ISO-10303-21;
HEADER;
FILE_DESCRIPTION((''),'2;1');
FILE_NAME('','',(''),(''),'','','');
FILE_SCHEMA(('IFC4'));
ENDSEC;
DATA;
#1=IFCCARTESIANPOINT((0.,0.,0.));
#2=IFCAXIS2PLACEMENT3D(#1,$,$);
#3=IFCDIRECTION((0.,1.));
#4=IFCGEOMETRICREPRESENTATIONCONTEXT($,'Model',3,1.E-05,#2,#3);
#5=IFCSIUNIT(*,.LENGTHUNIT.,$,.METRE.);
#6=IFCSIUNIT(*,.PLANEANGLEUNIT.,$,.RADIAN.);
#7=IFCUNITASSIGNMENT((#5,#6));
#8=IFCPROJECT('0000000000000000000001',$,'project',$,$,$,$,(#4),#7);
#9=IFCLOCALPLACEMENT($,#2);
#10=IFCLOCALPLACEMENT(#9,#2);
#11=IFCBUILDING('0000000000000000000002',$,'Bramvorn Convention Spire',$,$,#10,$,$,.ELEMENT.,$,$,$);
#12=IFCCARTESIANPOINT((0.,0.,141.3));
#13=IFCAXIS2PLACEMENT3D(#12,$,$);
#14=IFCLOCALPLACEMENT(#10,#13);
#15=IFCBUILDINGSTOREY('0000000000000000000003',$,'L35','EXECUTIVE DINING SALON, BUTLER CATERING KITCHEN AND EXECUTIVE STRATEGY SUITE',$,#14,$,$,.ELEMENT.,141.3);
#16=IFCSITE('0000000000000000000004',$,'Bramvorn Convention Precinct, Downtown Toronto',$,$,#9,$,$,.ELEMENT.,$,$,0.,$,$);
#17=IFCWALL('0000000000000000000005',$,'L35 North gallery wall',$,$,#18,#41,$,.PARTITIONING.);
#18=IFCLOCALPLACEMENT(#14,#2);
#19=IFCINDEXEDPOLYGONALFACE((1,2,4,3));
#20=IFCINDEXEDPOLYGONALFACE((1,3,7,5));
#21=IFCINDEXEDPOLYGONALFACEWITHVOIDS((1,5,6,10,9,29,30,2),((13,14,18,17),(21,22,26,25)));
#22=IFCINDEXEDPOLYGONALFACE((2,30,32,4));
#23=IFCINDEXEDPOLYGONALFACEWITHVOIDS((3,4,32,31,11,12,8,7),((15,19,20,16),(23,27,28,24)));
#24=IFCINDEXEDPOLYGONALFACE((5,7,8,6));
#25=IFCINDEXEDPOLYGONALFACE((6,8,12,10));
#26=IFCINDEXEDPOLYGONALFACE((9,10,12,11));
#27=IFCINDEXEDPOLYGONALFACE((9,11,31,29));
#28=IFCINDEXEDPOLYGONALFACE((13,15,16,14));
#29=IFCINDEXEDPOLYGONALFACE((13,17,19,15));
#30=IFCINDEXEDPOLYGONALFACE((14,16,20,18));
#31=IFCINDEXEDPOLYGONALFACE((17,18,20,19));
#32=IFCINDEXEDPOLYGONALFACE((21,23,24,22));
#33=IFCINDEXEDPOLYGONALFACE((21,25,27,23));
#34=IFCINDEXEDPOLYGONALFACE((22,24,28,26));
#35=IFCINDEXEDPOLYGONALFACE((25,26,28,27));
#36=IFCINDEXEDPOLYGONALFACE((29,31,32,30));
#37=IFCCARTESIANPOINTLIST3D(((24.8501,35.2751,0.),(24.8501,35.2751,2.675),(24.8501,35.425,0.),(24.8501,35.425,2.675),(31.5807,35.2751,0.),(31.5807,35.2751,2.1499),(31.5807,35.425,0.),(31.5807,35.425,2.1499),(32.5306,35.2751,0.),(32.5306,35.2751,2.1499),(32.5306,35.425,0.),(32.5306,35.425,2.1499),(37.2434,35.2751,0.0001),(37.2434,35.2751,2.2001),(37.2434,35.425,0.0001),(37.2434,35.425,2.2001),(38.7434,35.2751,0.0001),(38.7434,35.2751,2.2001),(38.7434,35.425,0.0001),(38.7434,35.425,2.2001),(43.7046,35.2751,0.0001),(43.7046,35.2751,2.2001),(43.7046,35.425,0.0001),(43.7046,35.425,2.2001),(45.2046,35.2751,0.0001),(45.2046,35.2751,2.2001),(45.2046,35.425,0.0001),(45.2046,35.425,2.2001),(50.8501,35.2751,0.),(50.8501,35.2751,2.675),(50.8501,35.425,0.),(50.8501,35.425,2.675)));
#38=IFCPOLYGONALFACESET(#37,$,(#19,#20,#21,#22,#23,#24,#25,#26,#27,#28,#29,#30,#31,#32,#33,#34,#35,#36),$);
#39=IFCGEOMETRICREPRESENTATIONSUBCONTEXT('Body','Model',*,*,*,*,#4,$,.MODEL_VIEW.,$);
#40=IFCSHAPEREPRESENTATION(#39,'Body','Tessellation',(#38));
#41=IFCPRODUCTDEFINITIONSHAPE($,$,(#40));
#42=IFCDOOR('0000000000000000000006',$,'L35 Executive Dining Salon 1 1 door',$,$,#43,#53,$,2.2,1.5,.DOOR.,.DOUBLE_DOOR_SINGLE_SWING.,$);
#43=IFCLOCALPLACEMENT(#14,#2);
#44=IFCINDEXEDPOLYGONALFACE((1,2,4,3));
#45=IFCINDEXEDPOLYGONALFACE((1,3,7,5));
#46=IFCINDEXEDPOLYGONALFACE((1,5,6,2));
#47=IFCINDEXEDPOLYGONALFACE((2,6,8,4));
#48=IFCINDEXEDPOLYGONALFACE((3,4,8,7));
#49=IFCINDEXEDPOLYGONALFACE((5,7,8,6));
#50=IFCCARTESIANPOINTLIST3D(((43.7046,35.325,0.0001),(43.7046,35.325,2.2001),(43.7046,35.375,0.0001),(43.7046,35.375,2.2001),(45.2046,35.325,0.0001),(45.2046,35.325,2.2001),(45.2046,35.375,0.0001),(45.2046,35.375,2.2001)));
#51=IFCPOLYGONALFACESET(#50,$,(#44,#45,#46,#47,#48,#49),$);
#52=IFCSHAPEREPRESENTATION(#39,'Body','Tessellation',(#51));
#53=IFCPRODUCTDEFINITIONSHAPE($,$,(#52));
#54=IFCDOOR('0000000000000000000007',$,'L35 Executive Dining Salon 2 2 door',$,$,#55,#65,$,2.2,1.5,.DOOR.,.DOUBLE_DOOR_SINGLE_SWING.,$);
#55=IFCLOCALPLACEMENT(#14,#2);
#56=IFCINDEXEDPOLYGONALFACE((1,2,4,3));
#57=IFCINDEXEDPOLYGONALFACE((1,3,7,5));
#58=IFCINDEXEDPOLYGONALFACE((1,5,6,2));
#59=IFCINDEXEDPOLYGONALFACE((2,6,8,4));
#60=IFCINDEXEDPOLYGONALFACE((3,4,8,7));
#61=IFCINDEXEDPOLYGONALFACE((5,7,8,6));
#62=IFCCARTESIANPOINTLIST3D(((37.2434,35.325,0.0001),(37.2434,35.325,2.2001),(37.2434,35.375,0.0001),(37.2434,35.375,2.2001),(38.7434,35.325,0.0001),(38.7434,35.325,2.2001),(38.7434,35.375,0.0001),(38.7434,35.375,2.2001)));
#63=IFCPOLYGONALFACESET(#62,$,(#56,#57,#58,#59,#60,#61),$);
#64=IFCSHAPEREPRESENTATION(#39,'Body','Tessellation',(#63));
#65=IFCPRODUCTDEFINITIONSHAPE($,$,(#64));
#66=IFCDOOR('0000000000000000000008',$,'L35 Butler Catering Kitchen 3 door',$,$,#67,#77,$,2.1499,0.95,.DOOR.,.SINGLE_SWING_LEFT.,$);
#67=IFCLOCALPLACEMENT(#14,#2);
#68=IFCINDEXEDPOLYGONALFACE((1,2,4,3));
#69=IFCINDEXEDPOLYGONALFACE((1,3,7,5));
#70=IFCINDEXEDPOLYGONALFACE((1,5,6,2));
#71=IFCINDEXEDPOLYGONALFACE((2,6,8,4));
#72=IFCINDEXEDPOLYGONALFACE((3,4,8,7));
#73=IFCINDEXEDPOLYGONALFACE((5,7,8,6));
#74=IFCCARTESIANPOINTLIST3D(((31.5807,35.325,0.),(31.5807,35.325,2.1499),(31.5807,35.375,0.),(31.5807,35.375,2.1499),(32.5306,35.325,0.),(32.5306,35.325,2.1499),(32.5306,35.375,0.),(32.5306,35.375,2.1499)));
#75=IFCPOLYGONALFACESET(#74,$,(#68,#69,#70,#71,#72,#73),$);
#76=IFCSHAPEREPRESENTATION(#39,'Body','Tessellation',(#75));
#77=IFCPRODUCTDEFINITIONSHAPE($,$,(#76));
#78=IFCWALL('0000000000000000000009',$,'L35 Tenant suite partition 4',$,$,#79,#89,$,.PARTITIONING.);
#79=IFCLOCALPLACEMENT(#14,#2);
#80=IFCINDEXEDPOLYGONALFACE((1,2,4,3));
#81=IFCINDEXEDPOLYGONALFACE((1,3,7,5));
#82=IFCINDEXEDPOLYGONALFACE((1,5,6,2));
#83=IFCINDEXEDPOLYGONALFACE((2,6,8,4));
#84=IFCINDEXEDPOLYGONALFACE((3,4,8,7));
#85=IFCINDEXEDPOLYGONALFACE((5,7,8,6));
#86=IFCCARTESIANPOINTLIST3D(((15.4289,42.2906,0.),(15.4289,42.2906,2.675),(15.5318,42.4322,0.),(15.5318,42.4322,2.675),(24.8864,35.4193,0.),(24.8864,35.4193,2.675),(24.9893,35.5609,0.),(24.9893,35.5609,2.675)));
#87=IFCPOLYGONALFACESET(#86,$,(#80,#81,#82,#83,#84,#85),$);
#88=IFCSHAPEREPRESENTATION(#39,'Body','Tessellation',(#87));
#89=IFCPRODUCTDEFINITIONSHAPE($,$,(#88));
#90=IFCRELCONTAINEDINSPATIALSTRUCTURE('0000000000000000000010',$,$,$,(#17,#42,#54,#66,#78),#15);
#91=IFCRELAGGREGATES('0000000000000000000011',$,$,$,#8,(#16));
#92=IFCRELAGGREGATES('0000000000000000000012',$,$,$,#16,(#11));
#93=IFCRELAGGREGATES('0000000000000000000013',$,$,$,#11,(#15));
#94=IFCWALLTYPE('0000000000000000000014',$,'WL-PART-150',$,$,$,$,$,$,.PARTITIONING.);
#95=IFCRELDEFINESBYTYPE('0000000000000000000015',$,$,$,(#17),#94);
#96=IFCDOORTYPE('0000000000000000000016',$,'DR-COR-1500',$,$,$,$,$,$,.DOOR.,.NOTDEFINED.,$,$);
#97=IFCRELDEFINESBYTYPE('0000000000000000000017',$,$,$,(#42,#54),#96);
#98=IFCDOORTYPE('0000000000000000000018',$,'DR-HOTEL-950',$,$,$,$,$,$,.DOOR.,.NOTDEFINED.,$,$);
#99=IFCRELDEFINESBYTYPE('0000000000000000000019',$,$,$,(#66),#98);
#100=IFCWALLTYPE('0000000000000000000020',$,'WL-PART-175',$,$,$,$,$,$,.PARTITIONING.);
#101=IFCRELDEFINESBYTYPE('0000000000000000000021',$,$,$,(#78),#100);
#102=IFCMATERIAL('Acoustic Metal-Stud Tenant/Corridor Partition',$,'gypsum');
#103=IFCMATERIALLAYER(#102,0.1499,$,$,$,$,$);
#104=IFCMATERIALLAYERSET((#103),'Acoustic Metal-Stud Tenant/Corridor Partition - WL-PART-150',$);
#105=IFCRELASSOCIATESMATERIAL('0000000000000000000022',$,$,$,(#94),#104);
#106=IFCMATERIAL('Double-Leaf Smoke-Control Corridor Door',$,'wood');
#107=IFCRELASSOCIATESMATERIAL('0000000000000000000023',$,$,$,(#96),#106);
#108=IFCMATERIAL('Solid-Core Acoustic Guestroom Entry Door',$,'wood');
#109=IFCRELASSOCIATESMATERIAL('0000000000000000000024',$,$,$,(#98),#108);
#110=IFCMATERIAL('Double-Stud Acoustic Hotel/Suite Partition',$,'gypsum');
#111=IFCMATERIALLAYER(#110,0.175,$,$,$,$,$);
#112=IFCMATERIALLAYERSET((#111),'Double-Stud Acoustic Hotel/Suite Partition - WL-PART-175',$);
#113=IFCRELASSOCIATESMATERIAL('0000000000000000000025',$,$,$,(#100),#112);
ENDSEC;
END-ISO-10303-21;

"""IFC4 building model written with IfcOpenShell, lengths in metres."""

from ifc_helpers import new_model, si_unit, direction, frame, frame_2d, origin, place, context, subcontext, project, spatial, rectangle, extrude, material, layer, layer_set, type_object, element, fill, save


model = new_model("IFC4")

# Units and contexts
model_context = context("Model", 3, precision=1e-05, world=origin(), true_north=direction((0.0, 1.0)))
body_context = subcontext(model_context, "Body", "Model", "MODEL_VIEW")
ifc_project = project(units=[si_unit("LENGTHUNIT", "METRE"), si_unit("PLANEANGLEUNIT", "RADIAN")], contexts=[model_context])

# Site, building, storey
site_placement = place(None, origin())
site = spatial("IfcSite", under=ifc_project, at=site_placement, Name="Bramvorn Convention Precinct, Downtown Toronto", CompositionType="ELEMENT", RefElevation=0.0)
building_placement = place(site_placement, origin())
building = spatial("IfcBuilding", under=site, at=building_placement, Name="Bramvorn Convention Spire", CompositionType="ELEMENT")
storey_placement = place(building_placement, frame((0.0, 0.0, 141.3)))
storey = spatial("IfcBuildingStorey", under=building, at=storey_placement, Name="L35", Description="EXECUTIVE DINING SALON, BUTLER CATERING KITCHEN AND EXECUTIVE STRATEGY SUITE", CompositionType="ELEMENT", Elevation=141.3)

# Wall, openings, doors
ifc_material_1 = material(Name="Acoustic Metal-Stud Tenant/Corridor Partition", Category="gypsum")
ifc_layer_1 = layer(ifc_material_1, 0.1499)
ifc_layer_set_1 = layer_set([ifc_layer_1], Name="Acoustic Metal-Stud Tenant/Corridor Partition - WL-PART-150")
wall_type_1 = type_object("IfcWallType", Name="WL-PART-150", PredefinedType="PARTITIONING", material=ifc_layer_set_1)
wall_1_placement = place(storey_placement, frame((24.8501, 35.3501, 0.0), z_axis=(0.0, 0.0, 1.0), x_axis=(1.0, 0.0, 0.0)))
wall_1 = element("IfcWall", 1, at=wall_1_placement, inside=storey, type_object=wall_type_1, Name="L35 North gallery wall", PredefinedType="PARTITIONING", context=body_context, shape_type="SweptSolid", body=[
    extrude(rectangle(XDim=26.0, YDim=0.1499, at=frame_2d((13.0, 0.0))), origin(), (0.0, 0.0, 1.0), 2.675),
])
opening_1_placement = place(wall_1_placement, frame((18.8545, 0.0, 0.0)))
opening_1 = element("IfcOpeningElement", 2, at=opening_1_placement, cuts=wall_1, PredefinedType="OPENING", context=body_context, shape_type="SweptSolid", body=[
    extrude(rectangle(XDim=1.5, YDim=2.2, at=frame_2d((0.75, 1.1001))), frame((0.0, 0.085, 0.0), z_axis=(0.0, -1.0, 0.0), x_axis=(1.0, 0.0, 0.0)), (0.0, 0.0, 1.0), 0.1699),
])
opening_2_placement = place(wall_1_placement, frame((12.3933, 0.0, 0.0)))
opening_2 = element("IfcOpeningElement", 3, at=opening_2_placement, cuts=wall_1, PredefinedType="OPENING", context=body_context, shape_type="SweptSolid", body=[
    extrude(rectangle(XDim=1.5, YDim=2.2, at=frame_2d((0.75, 1.1001))), frame((0.0, 0.085, 0.0), z_axis=(0.0, -1.0, 0.0), x_axis=(1.0, 0.0, 0.0)), (0.0, 0.0, 1.0), 0.1699),
])
opening_3_placement = place(wall_1_placement, frame((6.7305, 0.0, 0.0)))
opening_3 = element("IfcOpeningElement", 4, at=opening_3_placement, cuts=wall_1, PredefinedType="OPENING", context=body_context, shape_type="SweptSolid", body=[
    extrude(rectangle(XDim=0.95, YDim=2.1499, at=frame_2d((0.4751, 1.075))), frame((0.0, 0.085, 0.0), z_axis=(0.0, -1.0, 0.0), x_axis=(1.0, 0.0, 0.0)), (0.0, 0.0, 1.0), 0.1699),
])
ifc_material_2 = material(Name="Double-Leaf Smoke-Control Corridor Door", Category="wood")
door_type_1 = type_object("IfcDoorType", Name="DR-COR-1500", OperationType="NOTDEFINED", PredefinedType="DOOR", material=ifc_material_2)
door_1_placement = place(opening_1_placement, origin())
door_1 = element("IfcDoor", 5, at=door_1_placement, inside=storey, type_object=door_type_1, Name="L35 Executive Dining Salon 1 1 door", OperationType="DOUBLE_DOOR_SINGLE_SWING", OverallHeight=2.2, OverallWidth=1.5, PredefinedType="DOOR", context=body_context, shape_type="SweptSolid", body=[
    extrude(rectangle(XDim=1.5, YDim=2.2, at=frame_2d((0.75, 1.1001))), frame((0.0, 0.0249, 0.0), z_axis=(0.0, -1.0, 0.0), x_axis=(1.0, 0.0, 0.0)), (0.0, 0.0, 1.0), 0.05),
])
fill(opening_1, door_1)
door_2_placement = place(opening_2_placement, origin())
door_2 = element("IfcDoor", 6, at=door_2_placement, inside=storey, type_object=door_type_1, Name="L35 Executive Dining Salon 2 2 door", OperationType="DOUBLE_DOOR_SINGLE_SWING", OverallHeight=2.2, OverallWidth=1.5, PredefinedType="DOOR", context=body_context, shape_type="SweptSolid", body=[
    extrude(rectangle(XDim=1.5, YDim=2.2, at=frame_2d((0.75, 1.1001))), frame((0.0, 0.0249, 0.0), z_axis=(0.0, -1.0, 0.0), x_axis=(1.0, 0.0, 0.0)), (0.0, 0.0, 1.0), 0.05),
])
fill(opening_2, door_2)
ifc_material_3 = material(Name="Solid-Core Acoustic Guestroom Entry Door", Category="wood")
door_type_2 = type_object("IfcDoorType", Name="DR-HOTEL-950", OperationType="NOTDEFINED", PredefinedType="DOOR", material=ifc_material_3)
door_3_placement = place(opening_3_placement, origin())
door_3 = element("IfcDoor", 7, at=door_3_placement, inside=storey, type_object=door_type_2, Name="L35 Butler Catering Kitchen 3 door", OperationType="SINGLE_SWING_LEFT", OverallHeight=2.1499, OverallWidth=0.95, PredefinedType="DOOR", context=body_context, shape_type="SweptSolid", body=[
    extrude(rectangle(XDim=0.95, YDim=2.1499, at=frame_2d((0.4751, 1.075))), frame((0.0, 0.0249, 0.0), z_axis=(0.0, -1.0, 0.0), x_axis=(1.0, 0.0, 0.0)), (0.0, 0.0, 1.0), 0.05),
])
fill(opening_3, door_3)

# Wall
ifc_material_4 = material(Name="Double-Stud Acoustic Hotel/Suite Partition", Category="gypsum")
ifc_layer_2 = layer(ifc_material_4, 0.175)
ifc_layer_set_2 = layer_set([ifc_layer_2], Name="Double-Stud Acoustic Hotel/Suite Partition - WL-PART-175")
wall_type_2 = type_object("IfcWallType", Name="WL-PART-175", PredefinedType="PARTITIONING", material=ifc_layer_set_2)
wall_2_placement = place(storey_placement, frame((24.938, 35.49, 0.0), z_axis=(0.0, 0.0, 1.0), x_axis=(-0.809015, 0.587788, 0.0)))
element("IfcWall", 8, at=wall_2_placement, inside=storey, type_object=wall_type_2, Name="L35 Tenant suite partition 4", PredefinedType="PARTITIONING", context=body_context, shape_type="SweptSolid", body=[
    extrude(rectangle(XDim=11.6902, YDim=0.175, at=frame_2d((5.8452, 0.0))), origin(), (0.0, 0.0, 1.0), 2.675),
])

save(model, "model.ifc")
